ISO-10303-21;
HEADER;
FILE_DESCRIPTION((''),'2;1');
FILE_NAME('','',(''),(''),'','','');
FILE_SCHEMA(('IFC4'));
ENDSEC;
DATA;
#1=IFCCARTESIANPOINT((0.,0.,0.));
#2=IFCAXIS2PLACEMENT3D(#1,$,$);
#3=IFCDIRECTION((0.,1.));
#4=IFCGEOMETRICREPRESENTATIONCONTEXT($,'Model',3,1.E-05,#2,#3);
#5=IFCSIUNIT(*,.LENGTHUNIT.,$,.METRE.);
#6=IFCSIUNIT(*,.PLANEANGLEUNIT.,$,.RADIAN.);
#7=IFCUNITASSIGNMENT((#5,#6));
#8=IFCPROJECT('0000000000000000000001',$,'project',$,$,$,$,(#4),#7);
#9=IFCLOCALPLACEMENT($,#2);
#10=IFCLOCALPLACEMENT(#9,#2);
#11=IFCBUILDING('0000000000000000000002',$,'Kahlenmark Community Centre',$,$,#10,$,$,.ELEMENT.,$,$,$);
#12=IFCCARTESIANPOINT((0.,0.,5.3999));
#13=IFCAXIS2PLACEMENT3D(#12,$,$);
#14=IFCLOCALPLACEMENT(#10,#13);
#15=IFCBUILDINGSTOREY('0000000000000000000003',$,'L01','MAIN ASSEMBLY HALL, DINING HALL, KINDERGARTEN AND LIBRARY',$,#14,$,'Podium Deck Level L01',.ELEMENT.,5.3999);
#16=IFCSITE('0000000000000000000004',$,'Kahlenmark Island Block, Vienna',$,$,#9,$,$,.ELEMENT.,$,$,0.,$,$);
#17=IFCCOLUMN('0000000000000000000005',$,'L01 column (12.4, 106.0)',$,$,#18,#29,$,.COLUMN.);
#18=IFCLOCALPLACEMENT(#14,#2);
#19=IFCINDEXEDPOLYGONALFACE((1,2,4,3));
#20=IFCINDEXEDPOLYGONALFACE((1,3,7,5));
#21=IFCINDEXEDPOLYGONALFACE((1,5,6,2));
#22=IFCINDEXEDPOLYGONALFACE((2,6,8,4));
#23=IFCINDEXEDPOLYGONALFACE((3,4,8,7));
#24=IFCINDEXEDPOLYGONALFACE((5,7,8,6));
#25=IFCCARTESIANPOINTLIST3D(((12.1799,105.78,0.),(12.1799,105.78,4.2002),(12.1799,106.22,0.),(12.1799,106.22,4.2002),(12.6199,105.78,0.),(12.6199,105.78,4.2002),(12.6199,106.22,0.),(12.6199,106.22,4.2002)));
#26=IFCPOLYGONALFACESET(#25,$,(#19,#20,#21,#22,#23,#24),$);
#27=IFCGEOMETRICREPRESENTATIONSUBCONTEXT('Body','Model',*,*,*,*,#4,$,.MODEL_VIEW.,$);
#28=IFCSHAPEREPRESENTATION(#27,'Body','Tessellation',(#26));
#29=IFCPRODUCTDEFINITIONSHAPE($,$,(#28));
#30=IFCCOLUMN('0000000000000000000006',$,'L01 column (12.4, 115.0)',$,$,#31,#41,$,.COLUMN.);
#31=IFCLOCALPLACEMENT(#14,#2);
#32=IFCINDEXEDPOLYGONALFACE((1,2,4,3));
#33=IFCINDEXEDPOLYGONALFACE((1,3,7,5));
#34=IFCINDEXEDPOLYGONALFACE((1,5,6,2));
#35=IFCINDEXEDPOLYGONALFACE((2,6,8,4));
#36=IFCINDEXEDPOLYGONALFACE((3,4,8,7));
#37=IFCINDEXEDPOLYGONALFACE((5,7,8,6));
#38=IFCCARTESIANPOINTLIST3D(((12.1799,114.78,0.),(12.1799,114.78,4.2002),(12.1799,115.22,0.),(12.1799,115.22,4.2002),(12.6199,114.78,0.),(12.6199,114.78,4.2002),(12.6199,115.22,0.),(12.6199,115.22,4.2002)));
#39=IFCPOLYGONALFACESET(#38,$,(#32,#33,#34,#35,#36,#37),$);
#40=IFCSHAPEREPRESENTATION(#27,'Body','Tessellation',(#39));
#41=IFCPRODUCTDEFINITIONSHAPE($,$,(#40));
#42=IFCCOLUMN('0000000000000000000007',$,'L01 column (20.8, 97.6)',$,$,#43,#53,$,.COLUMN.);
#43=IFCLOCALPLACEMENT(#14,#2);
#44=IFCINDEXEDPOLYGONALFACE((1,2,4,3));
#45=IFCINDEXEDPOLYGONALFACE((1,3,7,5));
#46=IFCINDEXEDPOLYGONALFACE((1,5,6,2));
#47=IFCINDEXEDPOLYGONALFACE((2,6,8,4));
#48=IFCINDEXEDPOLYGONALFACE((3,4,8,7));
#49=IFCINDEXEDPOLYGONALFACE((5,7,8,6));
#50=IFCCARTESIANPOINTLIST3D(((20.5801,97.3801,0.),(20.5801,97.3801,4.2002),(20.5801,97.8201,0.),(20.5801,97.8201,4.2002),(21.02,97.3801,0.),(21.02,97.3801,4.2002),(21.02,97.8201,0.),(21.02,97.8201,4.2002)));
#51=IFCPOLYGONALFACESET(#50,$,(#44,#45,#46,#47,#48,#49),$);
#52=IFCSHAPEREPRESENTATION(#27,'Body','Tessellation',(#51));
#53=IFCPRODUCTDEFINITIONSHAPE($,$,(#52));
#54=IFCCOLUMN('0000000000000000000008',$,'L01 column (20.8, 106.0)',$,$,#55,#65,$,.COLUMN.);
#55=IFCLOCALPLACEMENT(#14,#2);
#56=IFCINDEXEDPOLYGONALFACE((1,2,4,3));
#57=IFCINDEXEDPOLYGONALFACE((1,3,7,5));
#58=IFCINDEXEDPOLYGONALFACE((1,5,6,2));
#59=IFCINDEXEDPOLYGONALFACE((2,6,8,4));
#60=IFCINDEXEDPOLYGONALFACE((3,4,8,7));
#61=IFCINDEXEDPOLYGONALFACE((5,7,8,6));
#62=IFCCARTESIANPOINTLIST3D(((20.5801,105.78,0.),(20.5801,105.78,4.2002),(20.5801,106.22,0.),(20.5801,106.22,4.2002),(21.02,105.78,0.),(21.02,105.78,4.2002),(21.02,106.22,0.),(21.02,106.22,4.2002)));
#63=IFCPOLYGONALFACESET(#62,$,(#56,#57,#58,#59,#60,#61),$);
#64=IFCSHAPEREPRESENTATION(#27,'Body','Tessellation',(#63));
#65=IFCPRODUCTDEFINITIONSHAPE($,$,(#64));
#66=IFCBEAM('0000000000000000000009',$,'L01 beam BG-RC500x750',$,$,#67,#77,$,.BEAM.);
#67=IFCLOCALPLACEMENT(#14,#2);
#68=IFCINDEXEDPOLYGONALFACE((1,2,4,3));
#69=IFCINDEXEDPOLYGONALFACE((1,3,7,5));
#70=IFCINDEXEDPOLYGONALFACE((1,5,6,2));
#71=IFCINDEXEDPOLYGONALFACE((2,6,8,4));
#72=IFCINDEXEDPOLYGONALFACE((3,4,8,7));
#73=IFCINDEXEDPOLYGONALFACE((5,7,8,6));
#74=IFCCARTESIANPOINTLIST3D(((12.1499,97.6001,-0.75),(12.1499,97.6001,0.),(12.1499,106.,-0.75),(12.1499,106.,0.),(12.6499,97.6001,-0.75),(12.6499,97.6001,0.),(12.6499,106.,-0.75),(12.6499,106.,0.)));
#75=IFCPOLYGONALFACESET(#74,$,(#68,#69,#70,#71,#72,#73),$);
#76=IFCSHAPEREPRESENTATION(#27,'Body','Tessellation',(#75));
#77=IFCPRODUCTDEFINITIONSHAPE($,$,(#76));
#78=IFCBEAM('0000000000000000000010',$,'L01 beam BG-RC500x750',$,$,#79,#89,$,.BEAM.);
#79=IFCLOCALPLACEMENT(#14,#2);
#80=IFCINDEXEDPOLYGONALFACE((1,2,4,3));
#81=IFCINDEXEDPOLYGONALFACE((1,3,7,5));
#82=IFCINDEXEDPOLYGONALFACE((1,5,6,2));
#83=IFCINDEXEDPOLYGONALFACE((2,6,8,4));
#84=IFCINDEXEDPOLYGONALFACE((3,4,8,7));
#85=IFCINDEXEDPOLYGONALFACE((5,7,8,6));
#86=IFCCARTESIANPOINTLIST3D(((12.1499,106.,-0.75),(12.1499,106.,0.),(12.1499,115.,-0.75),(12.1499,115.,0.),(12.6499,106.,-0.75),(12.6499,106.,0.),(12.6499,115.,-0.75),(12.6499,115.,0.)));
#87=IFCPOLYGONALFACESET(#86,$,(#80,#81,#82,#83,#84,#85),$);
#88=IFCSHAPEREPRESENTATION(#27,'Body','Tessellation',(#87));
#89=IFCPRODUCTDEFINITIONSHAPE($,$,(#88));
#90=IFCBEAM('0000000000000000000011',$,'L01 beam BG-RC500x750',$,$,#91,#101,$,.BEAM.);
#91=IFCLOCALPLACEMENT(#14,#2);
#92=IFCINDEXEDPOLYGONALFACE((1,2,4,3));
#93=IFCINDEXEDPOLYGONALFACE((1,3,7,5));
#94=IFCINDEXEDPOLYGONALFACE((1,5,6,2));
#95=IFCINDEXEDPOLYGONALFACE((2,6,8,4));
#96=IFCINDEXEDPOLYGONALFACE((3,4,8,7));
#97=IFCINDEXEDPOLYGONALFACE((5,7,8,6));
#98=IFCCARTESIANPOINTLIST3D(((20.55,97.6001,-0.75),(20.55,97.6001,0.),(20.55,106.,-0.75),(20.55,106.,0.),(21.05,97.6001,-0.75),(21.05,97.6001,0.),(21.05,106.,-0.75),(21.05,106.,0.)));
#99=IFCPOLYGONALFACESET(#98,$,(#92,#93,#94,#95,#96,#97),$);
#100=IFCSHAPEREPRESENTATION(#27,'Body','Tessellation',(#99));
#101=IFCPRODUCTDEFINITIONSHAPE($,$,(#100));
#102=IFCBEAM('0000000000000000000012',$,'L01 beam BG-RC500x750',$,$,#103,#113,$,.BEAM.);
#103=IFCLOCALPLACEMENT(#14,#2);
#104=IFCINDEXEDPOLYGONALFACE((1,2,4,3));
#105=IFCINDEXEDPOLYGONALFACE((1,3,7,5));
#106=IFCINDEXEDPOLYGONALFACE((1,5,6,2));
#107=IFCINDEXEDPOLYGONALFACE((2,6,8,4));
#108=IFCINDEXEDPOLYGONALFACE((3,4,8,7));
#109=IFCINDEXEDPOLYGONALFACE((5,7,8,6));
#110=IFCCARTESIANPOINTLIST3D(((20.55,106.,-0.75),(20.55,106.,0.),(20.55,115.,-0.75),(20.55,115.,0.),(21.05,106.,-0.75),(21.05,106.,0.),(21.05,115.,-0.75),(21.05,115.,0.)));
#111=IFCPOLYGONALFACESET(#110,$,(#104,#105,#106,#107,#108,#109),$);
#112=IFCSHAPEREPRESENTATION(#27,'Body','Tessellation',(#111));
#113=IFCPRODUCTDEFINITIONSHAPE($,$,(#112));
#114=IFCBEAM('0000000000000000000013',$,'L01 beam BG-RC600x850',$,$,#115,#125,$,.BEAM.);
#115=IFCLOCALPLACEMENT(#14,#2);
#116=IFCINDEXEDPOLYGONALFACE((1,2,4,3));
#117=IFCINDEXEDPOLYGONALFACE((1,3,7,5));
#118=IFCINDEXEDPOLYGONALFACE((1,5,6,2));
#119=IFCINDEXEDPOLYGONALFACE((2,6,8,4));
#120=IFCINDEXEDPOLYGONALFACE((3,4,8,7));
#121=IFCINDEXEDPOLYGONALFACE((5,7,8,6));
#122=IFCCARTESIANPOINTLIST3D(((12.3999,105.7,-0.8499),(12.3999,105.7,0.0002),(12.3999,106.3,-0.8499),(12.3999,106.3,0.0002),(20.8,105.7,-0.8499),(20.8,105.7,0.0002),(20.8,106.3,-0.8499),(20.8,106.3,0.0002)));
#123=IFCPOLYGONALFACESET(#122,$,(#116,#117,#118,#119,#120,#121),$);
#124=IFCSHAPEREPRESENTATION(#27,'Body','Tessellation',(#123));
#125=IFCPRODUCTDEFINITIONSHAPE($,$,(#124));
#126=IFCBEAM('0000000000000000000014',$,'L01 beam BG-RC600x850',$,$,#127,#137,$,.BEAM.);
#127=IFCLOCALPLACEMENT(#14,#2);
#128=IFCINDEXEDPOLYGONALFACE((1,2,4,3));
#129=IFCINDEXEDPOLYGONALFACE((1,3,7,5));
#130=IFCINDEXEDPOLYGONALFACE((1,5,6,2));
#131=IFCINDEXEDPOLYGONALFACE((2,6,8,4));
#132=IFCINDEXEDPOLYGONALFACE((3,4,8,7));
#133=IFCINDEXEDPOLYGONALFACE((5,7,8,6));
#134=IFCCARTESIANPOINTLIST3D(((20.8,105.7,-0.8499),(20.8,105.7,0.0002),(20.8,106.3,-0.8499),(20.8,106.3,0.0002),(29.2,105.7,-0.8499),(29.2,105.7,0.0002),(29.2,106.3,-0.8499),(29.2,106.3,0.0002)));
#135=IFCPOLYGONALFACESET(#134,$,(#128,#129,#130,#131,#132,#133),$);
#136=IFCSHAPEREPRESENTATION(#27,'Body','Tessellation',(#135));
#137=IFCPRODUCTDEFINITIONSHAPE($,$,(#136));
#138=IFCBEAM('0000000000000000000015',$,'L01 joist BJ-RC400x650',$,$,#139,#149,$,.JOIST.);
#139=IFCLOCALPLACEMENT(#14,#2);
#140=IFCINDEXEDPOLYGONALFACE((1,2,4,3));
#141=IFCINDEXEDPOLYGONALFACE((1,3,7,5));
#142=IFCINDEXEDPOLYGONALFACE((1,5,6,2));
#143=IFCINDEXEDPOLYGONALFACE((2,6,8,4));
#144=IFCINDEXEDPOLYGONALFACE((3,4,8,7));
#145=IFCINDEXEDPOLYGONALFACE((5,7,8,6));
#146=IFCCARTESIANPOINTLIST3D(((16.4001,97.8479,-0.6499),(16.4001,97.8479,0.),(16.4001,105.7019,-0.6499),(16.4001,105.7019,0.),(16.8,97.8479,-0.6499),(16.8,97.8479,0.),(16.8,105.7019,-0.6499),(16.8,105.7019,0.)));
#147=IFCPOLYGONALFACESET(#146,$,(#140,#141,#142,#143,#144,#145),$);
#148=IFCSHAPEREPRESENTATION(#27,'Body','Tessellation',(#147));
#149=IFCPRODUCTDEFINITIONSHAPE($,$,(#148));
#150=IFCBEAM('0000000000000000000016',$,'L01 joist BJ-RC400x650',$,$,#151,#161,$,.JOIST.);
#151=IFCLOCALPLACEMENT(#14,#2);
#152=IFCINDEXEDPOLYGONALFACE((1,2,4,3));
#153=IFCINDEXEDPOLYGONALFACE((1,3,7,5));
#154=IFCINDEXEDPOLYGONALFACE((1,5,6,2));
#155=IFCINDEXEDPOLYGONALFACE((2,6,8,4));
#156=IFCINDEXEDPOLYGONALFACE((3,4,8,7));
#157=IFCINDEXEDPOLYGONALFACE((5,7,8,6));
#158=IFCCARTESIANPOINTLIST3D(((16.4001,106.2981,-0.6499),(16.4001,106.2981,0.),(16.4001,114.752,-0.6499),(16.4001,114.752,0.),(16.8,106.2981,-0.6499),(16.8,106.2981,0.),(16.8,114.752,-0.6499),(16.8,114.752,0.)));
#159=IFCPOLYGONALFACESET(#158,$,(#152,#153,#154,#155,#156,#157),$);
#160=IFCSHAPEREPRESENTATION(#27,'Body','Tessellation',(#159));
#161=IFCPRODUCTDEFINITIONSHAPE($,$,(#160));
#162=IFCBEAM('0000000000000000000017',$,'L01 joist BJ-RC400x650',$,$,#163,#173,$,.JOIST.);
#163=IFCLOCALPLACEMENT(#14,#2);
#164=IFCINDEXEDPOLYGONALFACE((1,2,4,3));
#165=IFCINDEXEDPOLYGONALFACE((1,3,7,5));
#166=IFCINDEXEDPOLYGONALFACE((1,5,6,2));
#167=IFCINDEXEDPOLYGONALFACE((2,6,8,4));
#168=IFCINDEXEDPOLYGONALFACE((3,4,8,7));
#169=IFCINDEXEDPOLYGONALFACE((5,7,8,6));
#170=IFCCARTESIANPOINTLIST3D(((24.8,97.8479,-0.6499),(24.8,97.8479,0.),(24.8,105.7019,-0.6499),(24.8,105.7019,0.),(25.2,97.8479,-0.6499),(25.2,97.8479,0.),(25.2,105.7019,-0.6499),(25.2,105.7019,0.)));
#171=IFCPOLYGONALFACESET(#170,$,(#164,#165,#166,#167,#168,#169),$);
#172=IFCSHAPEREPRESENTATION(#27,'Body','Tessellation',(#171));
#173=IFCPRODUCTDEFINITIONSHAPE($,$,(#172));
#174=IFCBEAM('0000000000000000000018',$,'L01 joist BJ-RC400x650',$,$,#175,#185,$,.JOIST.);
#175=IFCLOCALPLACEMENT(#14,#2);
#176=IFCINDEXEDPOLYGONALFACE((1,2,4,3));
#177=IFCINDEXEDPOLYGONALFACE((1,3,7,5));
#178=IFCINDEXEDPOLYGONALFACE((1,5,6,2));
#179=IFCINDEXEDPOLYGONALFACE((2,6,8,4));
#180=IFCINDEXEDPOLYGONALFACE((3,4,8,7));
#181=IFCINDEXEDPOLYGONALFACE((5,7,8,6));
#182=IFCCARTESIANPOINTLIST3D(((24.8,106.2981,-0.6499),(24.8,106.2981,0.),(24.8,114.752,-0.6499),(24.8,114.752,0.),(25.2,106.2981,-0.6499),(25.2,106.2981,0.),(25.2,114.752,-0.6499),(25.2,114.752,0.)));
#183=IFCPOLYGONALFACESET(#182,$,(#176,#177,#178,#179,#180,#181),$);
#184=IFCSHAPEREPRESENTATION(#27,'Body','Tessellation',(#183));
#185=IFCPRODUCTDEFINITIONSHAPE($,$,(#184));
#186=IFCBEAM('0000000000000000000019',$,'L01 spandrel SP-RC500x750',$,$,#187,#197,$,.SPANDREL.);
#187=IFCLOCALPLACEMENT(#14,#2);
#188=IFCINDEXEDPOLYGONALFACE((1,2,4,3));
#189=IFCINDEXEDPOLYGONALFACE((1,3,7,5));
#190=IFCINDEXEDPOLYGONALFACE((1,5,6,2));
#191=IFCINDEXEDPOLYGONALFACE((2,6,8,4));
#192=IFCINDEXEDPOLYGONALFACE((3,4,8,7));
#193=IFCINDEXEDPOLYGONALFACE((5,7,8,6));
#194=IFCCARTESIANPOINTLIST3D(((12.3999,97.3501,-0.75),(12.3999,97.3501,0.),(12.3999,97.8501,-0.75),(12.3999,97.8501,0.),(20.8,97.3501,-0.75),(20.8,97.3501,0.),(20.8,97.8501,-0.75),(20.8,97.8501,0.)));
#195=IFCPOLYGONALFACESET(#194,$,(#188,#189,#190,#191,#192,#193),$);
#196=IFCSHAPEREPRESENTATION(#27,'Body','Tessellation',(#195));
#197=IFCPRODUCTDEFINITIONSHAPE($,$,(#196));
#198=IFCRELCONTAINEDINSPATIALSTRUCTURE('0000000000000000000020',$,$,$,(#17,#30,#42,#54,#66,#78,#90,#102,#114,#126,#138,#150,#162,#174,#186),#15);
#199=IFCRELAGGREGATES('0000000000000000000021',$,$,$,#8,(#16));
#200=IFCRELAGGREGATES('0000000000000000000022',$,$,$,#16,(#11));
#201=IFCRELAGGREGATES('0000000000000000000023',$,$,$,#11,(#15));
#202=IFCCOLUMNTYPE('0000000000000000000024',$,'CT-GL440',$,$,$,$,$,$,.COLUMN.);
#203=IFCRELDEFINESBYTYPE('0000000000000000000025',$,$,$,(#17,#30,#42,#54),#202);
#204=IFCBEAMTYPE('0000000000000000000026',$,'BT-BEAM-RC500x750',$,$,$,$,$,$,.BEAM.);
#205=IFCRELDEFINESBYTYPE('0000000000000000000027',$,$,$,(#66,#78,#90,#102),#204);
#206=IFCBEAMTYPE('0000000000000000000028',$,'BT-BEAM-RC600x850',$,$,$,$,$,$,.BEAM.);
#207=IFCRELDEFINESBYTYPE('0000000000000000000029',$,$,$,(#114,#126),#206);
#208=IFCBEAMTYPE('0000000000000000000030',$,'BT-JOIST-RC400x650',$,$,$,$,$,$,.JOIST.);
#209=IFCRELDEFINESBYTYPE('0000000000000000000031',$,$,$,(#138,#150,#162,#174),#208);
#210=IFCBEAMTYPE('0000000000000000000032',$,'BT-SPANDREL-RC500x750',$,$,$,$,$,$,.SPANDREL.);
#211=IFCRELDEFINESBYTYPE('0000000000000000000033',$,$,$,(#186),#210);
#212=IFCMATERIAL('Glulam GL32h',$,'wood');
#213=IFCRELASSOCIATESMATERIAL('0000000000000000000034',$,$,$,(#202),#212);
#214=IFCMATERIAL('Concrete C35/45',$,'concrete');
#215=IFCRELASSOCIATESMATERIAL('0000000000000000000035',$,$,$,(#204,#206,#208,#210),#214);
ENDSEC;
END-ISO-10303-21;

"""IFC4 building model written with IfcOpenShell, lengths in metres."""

from ifc_helpers import new_model, si_unit, direction, frame, origin, origin_2d, place, context, subcontext, project, spatial, rectangle, extrude, material, material_profile, profile_set, type_object, element, save


model = new_model("IFC4")

# Units and contexts
model_context = context("Model", 3, precision=1e-05, world=origin(), true_north=direction((0.0, 1.0)))
body_context = subcontext(model_context, "Body", "Model", "MODEL_VIEW")
ifc_project = project(units=[si_unit("LENGTHUNIT", "METRE"), si_unit("PLANEANGLEUNIT", "RADIAN")], contexts=[model_context])

# Site, building, storey
site_placement = place(None, origin())
site = spatial("IfcSite", under=ifc_project, at=site_placement, Name="Kahlenmark Island Block, Vienna", CompositionType="ELEMENT", RefElevation=0.0)
building_placement = place(site_placement, origin())
building = spatial("IfcBuilding", under=site, at=building_placement, Name="Kahlenmark Community Centre", CompositionType="ELEMENT")
storey_placement = place(building_placement, frame((0.0, 0.0, 5.3999)))
storey = spatial("IfcBuildingStorey", under=building, at=storey_placement, Name="L01", Description="MAIN ASSEMBLY HALL, DINING HALL, KINDERGARTEN AND LIBRARY", LongName="Podium Deck Level L01", CompositionType="ELEMENT", Elevation=5.3999)

# Columns
ifc_material_1 = material(Name="Glulam GL32h", Category="wood")
ifc_material_profile_1 = material_profile(ifc_material_1, rectangle(XDim=0.4399, YDim=0.4399, at=origin_2d()), Name="GL32h 440x440")
ifc_profile_set_1 = profile_set([ifc_material_profile_1], Name="Glulam GL32h")
column_type = type_object("IfcColumnType", Name="CT-GL440", PredefinedType="COLUMN", material=ifc_profile_set_1)
for number, where, z_axis, x_axis, name in (
    (1, (12.3999, 106.0, 0.0), (0.0, 0.0, 1.0), (1.0, 0.0, 0.0), "L01 column (12.4, 106.0)"),
    (2, (12.3999, 115.0, 0.0), (0.0, 0.0, 1.0), (1.0, 0.0, 0.0), "L01 column (12.4, 115.0)"),
    (3, (20.8, 97.6001, 0.0), (0.0, 0.0, 1.0), (1.0, 0.0, 0.0), "L01 column (20.8, 97.6)"),
    (4, (20.8, 106.0, 0.0), (0.0, 0.0, 1.0), (1.0, 0.0, 0.0), "L01 column (20.8, 106.0)"),
):
    element("IfcColumn", number, at=place(storey_placement, frame(where, z_axis=z_axis, x_axis=x_axis)), inside=storey, type_object=column_type, Name=name, PredefinedType="COLUMN", context=body_context, shape_type="SweptSolid", body=[
        extrude(rectangle(XDim=0.4399, YDim=0.4399, at=origin_2d()), origin(), (0.0, 0.0, 1.0), 4.2002),
    ])

# Beams
ifc_material_2 = material(Name="Concrete C35/45", Category="concrete")
ifc_material_profile_2 = material_profile(ifc_material_2, rectangle(XDim=0.5, YDim=0.75, at=origin_2d()), Name="RC 500x750")
ifc_profile_set_2 = profile_set([ifc_material_profile_2], Name="Concrete C35/45")
beam_type_1 = type_object("IfcBeamType", Name="BT-BEAM-RC500x750", PredefinedType="BEAM", material=ifc_profile_set_2)
beam_1_placement = place(storey_placement, frame((12.3999, 97.6001, -0.375), z_axis=(0.0, 1.0, 0.0), x_axis=(-1.0, 0.0, 0.0)))
element("IfcBeam", 5, at=beam_1_placement, inside=storey, type_object=beam_type_1, Name="L01 beam BG-RC500x750", PredefinedType="BEAM", context=body_context, shape_type="SweptSolid", body=[
    extrude(rectangle(XDim=0.5, YDim=0.75, at=origin_2d()), origin(), (0.0, 0.0, 1.0), 8.3999),
])
beam_2_placement = place(storey_placement, frame((12.3999, 106.0, -0.375), z_axis=(0.0, 1.0, 0.0), x_axis=(-1.0, 0.0, 0.0)))
element("IfcBeam", 6, at=beam_2_placement, inside=storey, type_object=beam_type_1, Name="L01 beam BG-RC500x750", PredefinedType="BEAM", context=body_context, shape_type="SweptSolid", body=[
    extrude(rectangle(XDim=0.5, YDim=0.75, at=origin_2d()), origin(), (0.0, 0.0, 1.0), 9.0),
])
beam_3_placement = place(storey_placement, frame((20.8, 97.6001, -0.375), z_axis=(0.0, 1.0, 0.0), x_axis=(-1.0, 0.0, 0.0)))
element("IfcBeam", 7, at=beam_3_placement, inside=storey, type_object=beam_type_1, Name="L01 beam BG-RC500x750", PredefinedType="BEAM", context=body_context, shape_type="SweptSolid", body=[
    extrude(rectangle(XDim=0.5, YDim=0.75, at=origin_2d()), origin(), (0.0, 0.0, 1.0), 8.3999),
])
beam_4_placement = place(storey_placement, frame((20.8, 106.0, -0.375), z_axis=(0.0, 1.0, 0.0), x_axis=(-1.0, 0.0, 0.0)))
element("IfcBeam", 8, at=beam_4_placement, inside=storey, type_object=beam_type_1, Name="L01 beam BG-RC500x750", PredefinedType="BEAM", context=body_context, shape_type="SweptSolid", body=[
    extrude(rectangle(XDim=0.5, YDim=0.75, at=origin_2d()), origin(), (0.0, 0.0, 1.0), 9.0),
])
ifc_material_profile_3 = material_profile(ifc_material_2, rectangle(XDim=0.6001, YDim=0.8501, at=origin_2d()), Name="RC 600x850")
ifc_profile_set_3 = profile_set([ifc_material_profile_3], Name="Concrete C35/45")
beam_type_2 = type_object("IfcBeamType", Name="BT-BEAM-RC600x850", PredefinedType="BEAM", material=ifc_profile_set_3)
beam_5_placement = place(storey_placement, frame((12.3999, 106.0, -0.4248), z_axis=(1.0, 0.0, 0.0), x_axis=(0.0, 1.0, 0.0)))
element("IfcBeam", 9, at=beam_5_placement, inside=storey, type_object=beam_type_2, Name="L01 beam BG-RC600x850", PredefinedType="BEAM", context=body_context, shape_type="SweptSolid", body=[
    extrude(rectangle(XDim=0.6001, YDim=0.8501, at=origin_2d()), origin(), (0.0, 0.0, 1.0), 8.4001),
])
beam_6_placement = place(storey_placement, frame((20.8, 106.0, -0.4248), z_axis=(1.0, 0.0, 0.0), x_axis=(0.0, 1.0, 0.0)))
element("IfcBeam", 10, at=beam_6_placement, inside=storey, type_object=beam_type_2, Name="L01 beam BG-RC600x850", PredefinedType="BEAM", context=body_context, shape_type="SweptSolid", body=[
    extrude(rectangle(XDim=0.6001, YDim=0.8501, at=origin_2d()), origin(), (0.0, 0.0, 1.0), 8.3999),
])
ifc_material_profile_4 = material_profile(ifc_material_2, rectangle(XDim=0.3999, YDim=0.6499, at=origin_2d()), Name="RC 400x650")
ifc_profile_set_4 = profile_set([ifc_material_profile_4], Name="Concrete C35/45")
beam_type_3 = type_object("IfcBeamType", Name="BT-JOIST-RC400x650", PredefinedType="JOIST", material=ifc_profile_set_4)
beam_7_placement = place(storey_placement, frame((16.6001, 97.8479, -0.325), z_axis=(0.0, 1.0, 0.0), x_axis=(-1.0, 0.0, 0.0)))
element("IfcBeam", 11, at=beam_7_placement, inside=storey, type_object=beam_type_3, Name="L01 joist BJ-RC400x650", PredefinedType="JOIST", context=body_context, shape_type="SweptSolid", body=[
    extrude(rectangle(XDim=0.3999, YDim=0.6499, at=origin_2d()), origin(), (0.0, 0.0, 1.0), 7.854),
])
beam_8_placement = place(storey_placement, frame((16.6001, 106.2981, -0.325), z_axis=(0.0, 1.0, 0.0), x_axis=(-1.0, 0.0, 0.0)))
element("IfcBeam", 12, at=beam_8_placement, inside=storey, type_object=beam_type_3, Name="L01 joist BJ-RC400x650", PredefinedType="JOIST", context=body_context, shape_type="SweptSolid", body=[
    extrude(rectangle(XDim=0.3999, YDim=0.6499, at=origin_2d()), origin(), (0.0, 0.0, 1.0), 8.4539),
])
beam_9_placement = place(storey_placement, frame((25.0, 97.8479, -0.325), z_axis=(0.0, 1.0, 0.0), x_axis=(-1.0, 0.0, 0.0)))
element("IfcBeam", 13, at=beam_9_placement, inside=storey, type_object=beam_type_3, Name="L01 joist BJ-RC400x650", PredefinedType="JOIST", context=body_context, shape_type="SweptSolid", body=[
    extrude(rectangle(XDim=0.3999, YDim=0.6499, at=origin_2d()), origin(), (0.0, 0.0, 1.0), 7.854),
])
beam_10_placement = place(storey_placement, frame((25.0, 106.2981, -0.325), z_axis=(0.0, 1.0, 0.0), x_axis=(-1.0, 0.0, 0.0)))
element("IfcBeam", 14, at=beam_10_placement, inside=storey, type_object=beam_type_3, Name="L01 joist BJ-RC400x650", PredefinedType="JOIST", context=body_context, shape_type="SweptSolid", body=[
    extrude(rectangle(XDim=0.3999, YDim=0.6499, at=origin_2d()), origin(), (0.0, 0.0, 1.0), 8.4539),
])
ifc_material_profile_5 = material_profile(ifc_material_2, rectangle(XDim=0.5, YDim=0.75, at=origin_2d()), Name="RC 500x750")
ifc_profile_set_5 = profile_set([ifc_material_profile_5], Name="Concrete C35/45")
beam_type_4 = type_object("IfcBeamType", Name="BT-SPANDREL-RC500x750", PredefinedType="SPANDREL", material=ifc_profile_set_5)
beam_11_placement = place(storey_placement, frame((12.3999, 97.6001, -0.375), z_axis=(1.0, 0.0, 0.0), x_axis=(0.0, 1.0, 0.0)))
element("IfcBeam", 15, at=beam_11_placement, inside=storey, type_object=beam_type_4, Name="L01 spandrel SP-RC500x750", PredefinedType="SPANDREL", context=body_context, shape_type="SweptSolid", body=[
    extrude(rectangle(XDim=0.5, YDim=0.75, at=origin_2d()), origin(), (0.0, 0.0, 1.0), 8.4001),
])

save(model, "model.ifc")
